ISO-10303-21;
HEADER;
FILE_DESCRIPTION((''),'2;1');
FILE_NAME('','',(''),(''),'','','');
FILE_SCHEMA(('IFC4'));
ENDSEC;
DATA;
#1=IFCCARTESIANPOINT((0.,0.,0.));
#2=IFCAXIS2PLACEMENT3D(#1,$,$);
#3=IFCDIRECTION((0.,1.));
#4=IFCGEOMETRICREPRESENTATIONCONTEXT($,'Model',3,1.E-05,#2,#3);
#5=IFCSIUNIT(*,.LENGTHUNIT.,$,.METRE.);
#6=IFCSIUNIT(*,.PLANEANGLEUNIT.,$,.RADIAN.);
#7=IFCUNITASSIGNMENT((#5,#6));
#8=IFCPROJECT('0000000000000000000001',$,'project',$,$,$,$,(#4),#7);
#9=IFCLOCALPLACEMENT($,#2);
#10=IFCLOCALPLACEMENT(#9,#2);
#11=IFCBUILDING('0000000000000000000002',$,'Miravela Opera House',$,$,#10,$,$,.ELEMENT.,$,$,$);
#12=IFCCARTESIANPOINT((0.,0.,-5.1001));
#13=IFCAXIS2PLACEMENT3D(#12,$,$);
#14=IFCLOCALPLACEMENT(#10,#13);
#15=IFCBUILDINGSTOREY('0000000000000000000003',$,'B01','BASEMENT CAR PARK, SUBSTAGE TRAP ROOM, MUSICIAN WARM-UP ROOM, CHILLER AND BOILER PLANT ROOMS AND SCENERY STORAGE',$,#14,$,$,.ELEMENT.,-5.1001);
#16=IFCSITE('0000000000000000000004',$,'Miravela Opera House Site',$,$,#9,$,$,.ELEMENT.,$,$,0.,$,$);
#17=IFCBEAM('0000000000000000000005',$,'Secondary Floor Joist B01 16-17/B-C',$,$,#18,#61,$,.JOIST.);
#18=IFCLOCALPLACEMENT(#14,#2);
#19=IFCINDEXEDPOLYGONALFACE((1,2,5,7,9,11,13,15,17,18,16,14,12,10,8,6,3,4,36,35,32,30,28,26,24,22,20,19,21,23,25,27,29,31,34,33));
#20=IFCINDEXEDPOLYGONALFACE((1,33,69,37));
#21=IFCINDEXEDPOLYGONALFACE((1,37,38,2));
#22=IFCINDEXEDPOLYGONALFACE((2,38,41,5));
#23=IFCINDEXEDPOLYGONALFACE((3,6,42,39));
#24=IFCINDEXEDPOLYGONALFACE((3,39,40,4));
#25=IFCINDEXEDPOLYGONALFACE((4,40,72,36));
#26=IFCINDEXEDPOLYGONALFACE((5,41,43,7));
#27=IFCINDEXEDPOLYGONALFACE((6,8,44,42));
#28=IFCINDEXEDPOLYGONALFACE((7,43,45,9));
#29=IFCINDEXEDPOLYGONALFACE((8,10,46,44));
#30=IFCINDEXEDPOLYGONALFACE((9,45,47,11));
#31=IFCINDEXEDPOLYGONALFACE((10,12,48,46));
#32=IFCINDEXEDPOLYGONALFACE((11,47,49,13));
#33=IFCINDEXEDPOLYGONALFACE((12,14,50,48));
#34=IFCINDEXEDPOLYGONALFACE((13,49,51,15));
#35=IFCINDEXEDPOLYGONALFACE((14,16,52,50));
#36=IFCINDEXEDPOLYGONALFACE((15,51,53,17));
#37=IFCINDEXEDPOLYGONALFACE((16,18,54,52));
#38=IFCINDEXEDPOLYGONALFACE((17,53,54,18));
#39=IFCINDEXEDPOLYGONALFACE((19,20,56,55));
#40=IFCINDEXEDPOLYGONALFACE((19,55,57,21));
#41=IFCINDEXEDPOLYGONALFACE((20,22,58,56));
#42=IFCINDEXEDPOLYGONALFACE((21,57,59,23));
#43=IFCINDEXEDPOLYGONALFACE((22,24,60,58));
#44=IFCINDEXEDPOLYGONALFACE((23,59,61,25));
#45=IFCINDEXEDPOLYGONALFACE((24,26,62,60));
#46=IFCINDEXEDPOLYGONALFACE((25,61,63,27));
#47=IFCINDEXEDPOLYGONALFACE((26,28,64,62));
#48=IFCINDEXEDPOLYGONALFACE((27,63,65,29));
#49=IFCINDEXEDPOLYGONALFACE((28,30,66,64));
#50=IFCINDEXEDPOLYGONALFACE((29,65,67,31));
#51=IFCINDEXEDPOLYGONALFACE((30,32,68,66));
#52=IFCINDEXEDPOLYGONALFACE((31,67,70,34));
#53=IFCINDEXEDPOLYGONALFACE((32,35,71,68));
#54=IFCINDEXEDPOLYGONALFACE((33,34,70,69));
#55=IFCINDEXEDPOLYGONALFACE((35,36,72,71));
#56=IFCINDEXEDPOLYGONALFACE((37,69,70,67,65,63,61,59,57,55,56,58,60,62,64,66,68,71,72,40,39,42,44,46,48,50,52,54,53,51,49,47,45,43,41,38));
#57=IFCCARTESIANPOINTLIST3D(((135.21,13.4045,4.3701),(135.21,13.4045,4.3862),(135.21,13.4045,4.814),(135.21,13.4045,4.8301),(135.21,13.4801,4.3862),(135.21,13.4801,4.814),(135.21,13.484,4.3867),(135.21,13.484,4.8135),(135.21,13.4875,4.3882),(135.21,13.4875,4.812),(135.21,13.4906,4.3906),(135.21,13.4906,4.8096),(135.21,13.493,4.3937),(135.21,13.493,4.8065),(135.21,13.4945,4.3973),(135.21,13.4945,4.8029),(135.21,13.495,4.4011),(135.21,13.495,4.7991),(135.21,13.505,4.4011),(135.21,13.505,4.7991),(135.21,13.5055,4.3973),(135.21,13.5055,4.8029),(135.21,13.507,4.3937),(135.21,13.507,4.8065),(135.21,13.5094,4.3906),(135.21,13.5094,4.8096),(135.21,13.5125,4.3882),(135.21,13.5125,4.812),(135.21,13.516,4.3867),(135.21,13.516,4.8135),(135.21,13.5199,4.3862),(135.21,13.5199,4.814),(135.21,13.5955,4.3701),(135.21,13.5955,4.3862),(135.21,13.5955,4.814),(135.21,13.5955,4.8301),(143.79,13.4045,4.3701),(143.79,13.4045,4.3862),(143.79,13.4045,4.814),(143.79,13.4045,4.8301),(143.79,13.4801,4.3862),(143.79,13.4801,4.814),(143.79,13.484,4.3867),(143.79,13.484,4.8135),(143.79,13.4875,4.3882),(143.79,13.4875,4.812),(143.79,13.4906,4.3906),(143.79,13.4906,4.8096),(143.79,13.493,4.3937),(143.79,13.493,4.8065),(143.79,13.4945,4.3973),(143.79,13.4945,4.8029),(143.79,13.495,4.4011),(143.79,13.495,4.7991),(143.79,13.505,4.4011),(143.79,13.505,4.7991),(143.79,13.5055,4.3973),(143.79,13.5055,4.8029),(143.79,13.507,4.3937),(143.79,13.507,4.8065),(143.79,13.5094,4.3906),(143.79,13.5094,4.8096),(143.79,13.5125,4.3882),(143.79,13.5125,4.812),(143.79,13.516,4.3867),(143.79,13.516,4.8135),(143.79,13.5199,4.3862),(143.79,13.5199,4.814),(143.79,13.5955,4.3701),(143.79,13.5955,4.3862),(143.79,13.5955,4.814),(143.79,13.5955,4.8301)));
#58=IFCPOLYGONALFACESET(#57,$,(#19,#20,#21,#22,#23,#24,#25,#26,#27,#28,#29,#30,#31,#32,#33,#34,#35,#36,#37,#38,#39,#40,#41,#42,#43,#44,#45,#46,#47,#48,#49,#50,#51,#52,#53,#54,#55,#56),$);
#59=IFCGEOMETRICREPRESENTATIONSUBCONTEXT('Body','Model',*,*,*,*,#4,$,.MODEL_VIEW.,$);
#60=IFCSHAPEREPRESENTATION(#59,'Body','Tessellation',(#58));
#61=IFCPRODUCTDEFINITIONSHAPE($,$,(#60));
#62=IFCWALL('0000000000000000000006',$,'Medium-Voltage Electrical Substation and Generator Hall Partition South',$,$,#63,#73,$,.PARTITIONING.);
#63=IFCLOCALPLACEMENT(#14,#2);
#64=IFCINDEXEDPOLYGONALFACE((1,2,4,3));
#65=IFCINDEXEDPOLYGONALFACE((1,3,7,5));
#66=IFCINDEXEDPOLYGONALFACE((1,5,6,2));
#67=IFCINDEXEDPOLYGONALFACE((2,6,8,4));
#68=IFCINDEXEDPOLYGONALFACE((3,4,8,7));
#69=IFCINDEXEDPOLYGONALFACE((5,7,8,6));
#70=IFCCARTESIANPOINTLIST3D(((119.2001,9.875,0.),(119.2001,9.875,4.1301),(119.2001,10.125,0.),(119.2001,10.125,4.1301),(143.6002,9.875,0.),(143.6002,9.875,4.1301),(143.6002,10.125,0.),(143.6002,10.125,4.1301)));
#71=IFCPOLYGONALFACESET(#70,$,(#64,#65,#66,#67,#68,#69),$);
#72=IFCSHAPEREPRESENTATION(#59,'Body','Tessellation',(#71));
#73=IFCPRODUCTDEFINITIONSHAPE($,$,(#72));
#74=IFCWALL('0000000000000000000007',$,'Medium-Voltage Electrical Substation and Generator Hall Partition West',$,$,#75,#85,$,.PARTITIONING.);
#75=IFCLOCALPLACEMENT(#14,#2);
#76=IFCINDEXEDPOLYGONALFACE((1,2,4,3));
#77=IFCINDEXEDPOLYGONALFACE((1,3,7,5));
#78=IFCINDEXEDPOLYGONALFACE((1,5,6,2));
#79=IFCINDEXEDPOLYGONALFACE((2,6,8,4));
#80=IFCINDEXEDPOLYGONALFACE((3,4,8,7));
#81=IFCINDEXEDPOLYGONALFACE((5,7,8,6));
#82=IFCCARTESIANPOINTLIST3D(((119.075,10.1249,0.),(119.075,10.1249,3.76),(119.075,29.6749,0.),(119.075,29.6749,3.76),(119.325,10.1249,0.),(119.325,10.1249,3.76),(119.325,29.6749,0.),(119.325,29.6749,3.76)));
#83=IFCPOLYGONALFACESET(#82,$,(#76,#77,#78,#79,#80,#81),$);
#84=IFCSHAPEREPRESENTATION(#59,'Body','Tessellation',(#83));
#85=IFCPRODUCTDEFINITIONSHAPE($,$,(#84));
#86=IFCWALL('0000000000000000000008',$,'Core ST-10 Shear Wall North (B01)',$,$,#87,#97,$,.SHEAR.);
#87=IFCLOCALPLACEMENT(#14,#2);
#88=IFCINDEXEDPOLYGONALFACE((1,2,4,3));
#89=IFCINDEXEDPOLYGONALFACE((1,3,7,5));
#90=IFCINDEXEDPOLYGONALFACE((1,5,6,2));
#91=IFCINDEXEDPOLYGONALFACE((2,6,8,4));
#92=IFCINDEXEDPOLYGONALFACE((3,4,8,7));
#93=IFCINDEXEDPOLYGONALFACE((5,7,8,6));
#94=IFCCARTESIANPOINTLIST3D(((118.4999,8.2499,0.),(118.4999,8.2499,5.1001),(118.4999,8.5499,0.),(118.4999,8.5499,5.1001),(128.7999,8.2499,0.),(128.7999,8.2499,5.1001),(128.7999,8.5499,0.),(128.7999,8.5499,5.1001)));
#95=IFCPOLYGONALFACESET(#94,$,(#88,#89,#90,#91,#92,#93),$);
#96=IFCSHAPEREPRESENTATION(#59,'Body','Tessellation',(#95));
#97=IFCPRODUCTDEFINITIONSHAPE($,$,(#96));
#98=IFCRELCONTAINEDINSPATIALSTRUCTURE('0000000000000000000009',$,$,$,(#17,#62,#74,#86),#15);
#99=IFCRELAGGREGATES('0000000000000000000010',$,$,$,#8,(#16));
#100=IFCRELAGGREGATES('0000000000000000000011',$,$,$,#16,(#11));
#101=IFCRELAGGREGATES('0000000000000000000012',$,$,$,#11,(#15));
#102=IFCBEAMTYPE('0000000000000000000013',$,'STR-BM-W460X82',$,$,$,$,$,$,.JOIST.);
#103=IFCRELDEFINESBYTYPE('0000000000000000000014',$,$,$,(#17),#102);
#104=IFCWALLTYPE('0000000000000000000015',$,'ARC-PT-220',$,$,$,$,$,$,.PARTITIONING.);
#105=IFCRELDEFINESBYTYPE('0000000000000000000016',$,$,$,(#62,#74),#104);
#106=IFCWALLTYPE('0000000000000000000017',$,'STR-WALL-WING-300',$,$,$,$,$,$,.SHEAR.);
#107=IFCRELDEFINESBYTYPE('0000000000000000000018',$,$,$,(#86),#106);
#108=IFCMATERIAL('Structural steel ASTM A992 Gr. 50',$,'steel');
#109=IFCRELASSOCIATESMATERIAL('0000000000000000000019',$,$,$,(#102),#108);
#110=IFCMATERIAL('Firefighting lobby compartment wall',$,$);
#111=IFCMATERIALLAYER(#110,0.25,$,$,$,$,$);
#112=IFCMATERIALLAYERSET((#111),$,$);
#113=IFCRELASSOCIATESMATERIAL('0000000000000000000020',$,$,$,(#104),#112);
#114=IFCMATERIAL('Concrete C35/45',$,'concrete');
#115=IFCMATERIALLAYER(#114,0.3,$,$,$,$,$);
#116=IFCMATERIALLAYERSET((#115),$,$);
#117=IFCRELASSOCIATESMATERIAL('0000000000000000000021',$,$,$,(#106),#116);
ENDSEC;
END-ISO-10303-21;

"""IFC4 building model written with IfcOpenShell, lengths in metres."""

from ifc_helpers import new_model, si_unit, direction, frame, frame_2d, origin, origin_2d, place, context, subcontext, project, spatial, rectangle, i_section, extrude, material, layer, layer_set, material_profile, profile_set, type_object, element, save


model = new_model("IFC4")

# Units and contexts
model_context = context("Model", 3, precision=1e-05, world=origin(), true_north=direction((0.0, 1.0)))
body_context = subcontext(model_context, "Body", "Model", "MODEL_VIEW")
ifc_project = project(units=[si_unit("LENGTHUNIT", "METRE"), si_unit("PLANEANGLEUNIT", "RADIAN")], contexts=[model_context])

# Site, building, storey
site_placement = place(None, origin())
site = spatial("IfcSite", under=ifc_project, at=site_placement, Name="Miravela Opera House Site", CompositionType="ELEMENT", RefElevation=0.0)
building_placement = place(site_placement, origin())
building = spatial("IfcBuilding", under=site, at=building_placement, Name="Miravela Opera House", CompositionType="ELEMENT")
storey_placement = place(building_placement, frame((0.0, 0.0, -5.1001)))
storey = spatial("IfcBuildingStorey", under=building, at=storey_placement, Name="B01", Description="BASEMENT CAR PARK, SUBSTAGE TRAP ROOM, MUSICIAN WARM-UP ROOM, CHILLER AND BOILER PLANT ROOMS AND SCENERY STORAGE", CompositionType="ELEMENT", Elevation=-5.1001)

# Shared definitions
ifc_material_1 = material(Name="Concrete C35/45", Category="concrete")

# Beam
ifc_material_2 = material(Name="Structural steel ASTM A992 Gr. 50", Category="steel")
ifc_material_profile_1 = material_profile(ifc_material_2, i_section(OverallWidth=0.1909, OverallDepth=0.46, WebThickness=0.01, FlangeThickness=0.0161, FilletRadius=0.0149, at=origin_2d()), Name="W460X82")
ifc_profile_set_1 = profile_set([ifc_material_profile_1])
beam_type_1 = type_object("IfcBeamType", Name="STR-BM-W460X82", PredefinedType="JOIST", material=ifc_profile_set_1)
beam_1_placement = place(storey_placement, frame((135.21, 13.5, 4.6001), z_axis=(1.0, 0.0, 0.0), x_axis=(0.0, 1.0, 0.0)))
element("IfcBeam", 1, at=beam_1_placement, inside=storey, type_object=beam_type_1, Name="Secondary Floor Joist B01 16-17/B-C", PredefinedType="JOIST", context=body_context, shape_type="SweptSolid", body=[
    extrude(i_section(OverallWidth=0.1909, OverallDepth=0.46, WebThickness=0.01, FlangeThickness=0.0161, FilletRadius=0.0149, at=origin_2d()), origin(), (0.0, 0.0, 1.0), 8.5801),
])

# Walls
ifc_material_3 = material(Name="Firefighting lobby compartment wall")
ifc_layer_1 = layer(ifc_material_3, 0.25)
ifc_layer_set_1 = layer_set([ifc_layer_1])
wall_type_1 = type_object("IfcWallType", Name="ARC-PT-220", PredefinedType="PARTITIONING", material=ifc_layer_set_1)
wall_1_placement = place(storey_placement, frame((119.2, 10.0, 0.0), z_axis=(0.0, 0.0, 1.0), x_axis=(1.0, 0.0, 0.0)))
element("IfcWall", 2, at=wall_1_placement, inside=storey, type_object=wall_type_1, Name="Medium-Voltage Electrical Substation and Generator Hall Partition South", PredefinedType="PARTITIONING", context=body_context, shape_type="SweptSolid", body=[
    extrude(rectangle(XDim=24.4001, YDim=0.25, at=frame_2d((12.2002, 0.0))), origin(), (0.0, 0.0, 1.0), 4.1301),
])
wall_2_placement = place(storey_placement, frame((119.2, 10.125, 0.0), z_axis=(0.0, 0.0, 1.0), x_axis=(0.0, 1.0, 0.0)))
element("IfcWall", 3, at=wall_2_placement, inside=storey, type_object=wall_type_1, Name="Medium-Voltage Electrical Substation and Generator Hall Partition West", PredefinedType="PARTITIONING", context=body_context, shape_type="SweptSolid", body=[
    extrude(rectangle(XDim=19.55, YDim=0.25, at=frame_2d((9.7749, 0.0))), origin(), (0.0, 0.0, 1.0), 3.76),
])
ifc_layer_2 = layer(ifc_material_1, 0.3)
ifc_layer_set_2 = layer_set([ifc_layer_2])
wall_type_2 = type_object("IfcWallType", Name="STR-WALL-WING-300", PredefinedType="SHEAR", material=ifc_layer_set_2)
wall_3_placement = place(storey_placement, frame((118.5, 8.3999, 0.0), z_axis=(0.0, 0.0, 1.0), x_axis=(1.0, 0.0, 0.0)))
element("IfcWall", 4, at=wall_3_placement, inside=storey, type_object=wall_type_2, Name="Core ST-10 Shear Wall North (B01)", PredefinedType="SHEAR", context=body_context, shape_type="SweptSolid", body=[
    extrude(rectangle(XDim=10.3, YDim=0.3, at=frame_2d((5.1499, 0.0))), origin(), (0.0, 0.0, 1.0), 5.1001),
])

save(model, "model.ifc")
